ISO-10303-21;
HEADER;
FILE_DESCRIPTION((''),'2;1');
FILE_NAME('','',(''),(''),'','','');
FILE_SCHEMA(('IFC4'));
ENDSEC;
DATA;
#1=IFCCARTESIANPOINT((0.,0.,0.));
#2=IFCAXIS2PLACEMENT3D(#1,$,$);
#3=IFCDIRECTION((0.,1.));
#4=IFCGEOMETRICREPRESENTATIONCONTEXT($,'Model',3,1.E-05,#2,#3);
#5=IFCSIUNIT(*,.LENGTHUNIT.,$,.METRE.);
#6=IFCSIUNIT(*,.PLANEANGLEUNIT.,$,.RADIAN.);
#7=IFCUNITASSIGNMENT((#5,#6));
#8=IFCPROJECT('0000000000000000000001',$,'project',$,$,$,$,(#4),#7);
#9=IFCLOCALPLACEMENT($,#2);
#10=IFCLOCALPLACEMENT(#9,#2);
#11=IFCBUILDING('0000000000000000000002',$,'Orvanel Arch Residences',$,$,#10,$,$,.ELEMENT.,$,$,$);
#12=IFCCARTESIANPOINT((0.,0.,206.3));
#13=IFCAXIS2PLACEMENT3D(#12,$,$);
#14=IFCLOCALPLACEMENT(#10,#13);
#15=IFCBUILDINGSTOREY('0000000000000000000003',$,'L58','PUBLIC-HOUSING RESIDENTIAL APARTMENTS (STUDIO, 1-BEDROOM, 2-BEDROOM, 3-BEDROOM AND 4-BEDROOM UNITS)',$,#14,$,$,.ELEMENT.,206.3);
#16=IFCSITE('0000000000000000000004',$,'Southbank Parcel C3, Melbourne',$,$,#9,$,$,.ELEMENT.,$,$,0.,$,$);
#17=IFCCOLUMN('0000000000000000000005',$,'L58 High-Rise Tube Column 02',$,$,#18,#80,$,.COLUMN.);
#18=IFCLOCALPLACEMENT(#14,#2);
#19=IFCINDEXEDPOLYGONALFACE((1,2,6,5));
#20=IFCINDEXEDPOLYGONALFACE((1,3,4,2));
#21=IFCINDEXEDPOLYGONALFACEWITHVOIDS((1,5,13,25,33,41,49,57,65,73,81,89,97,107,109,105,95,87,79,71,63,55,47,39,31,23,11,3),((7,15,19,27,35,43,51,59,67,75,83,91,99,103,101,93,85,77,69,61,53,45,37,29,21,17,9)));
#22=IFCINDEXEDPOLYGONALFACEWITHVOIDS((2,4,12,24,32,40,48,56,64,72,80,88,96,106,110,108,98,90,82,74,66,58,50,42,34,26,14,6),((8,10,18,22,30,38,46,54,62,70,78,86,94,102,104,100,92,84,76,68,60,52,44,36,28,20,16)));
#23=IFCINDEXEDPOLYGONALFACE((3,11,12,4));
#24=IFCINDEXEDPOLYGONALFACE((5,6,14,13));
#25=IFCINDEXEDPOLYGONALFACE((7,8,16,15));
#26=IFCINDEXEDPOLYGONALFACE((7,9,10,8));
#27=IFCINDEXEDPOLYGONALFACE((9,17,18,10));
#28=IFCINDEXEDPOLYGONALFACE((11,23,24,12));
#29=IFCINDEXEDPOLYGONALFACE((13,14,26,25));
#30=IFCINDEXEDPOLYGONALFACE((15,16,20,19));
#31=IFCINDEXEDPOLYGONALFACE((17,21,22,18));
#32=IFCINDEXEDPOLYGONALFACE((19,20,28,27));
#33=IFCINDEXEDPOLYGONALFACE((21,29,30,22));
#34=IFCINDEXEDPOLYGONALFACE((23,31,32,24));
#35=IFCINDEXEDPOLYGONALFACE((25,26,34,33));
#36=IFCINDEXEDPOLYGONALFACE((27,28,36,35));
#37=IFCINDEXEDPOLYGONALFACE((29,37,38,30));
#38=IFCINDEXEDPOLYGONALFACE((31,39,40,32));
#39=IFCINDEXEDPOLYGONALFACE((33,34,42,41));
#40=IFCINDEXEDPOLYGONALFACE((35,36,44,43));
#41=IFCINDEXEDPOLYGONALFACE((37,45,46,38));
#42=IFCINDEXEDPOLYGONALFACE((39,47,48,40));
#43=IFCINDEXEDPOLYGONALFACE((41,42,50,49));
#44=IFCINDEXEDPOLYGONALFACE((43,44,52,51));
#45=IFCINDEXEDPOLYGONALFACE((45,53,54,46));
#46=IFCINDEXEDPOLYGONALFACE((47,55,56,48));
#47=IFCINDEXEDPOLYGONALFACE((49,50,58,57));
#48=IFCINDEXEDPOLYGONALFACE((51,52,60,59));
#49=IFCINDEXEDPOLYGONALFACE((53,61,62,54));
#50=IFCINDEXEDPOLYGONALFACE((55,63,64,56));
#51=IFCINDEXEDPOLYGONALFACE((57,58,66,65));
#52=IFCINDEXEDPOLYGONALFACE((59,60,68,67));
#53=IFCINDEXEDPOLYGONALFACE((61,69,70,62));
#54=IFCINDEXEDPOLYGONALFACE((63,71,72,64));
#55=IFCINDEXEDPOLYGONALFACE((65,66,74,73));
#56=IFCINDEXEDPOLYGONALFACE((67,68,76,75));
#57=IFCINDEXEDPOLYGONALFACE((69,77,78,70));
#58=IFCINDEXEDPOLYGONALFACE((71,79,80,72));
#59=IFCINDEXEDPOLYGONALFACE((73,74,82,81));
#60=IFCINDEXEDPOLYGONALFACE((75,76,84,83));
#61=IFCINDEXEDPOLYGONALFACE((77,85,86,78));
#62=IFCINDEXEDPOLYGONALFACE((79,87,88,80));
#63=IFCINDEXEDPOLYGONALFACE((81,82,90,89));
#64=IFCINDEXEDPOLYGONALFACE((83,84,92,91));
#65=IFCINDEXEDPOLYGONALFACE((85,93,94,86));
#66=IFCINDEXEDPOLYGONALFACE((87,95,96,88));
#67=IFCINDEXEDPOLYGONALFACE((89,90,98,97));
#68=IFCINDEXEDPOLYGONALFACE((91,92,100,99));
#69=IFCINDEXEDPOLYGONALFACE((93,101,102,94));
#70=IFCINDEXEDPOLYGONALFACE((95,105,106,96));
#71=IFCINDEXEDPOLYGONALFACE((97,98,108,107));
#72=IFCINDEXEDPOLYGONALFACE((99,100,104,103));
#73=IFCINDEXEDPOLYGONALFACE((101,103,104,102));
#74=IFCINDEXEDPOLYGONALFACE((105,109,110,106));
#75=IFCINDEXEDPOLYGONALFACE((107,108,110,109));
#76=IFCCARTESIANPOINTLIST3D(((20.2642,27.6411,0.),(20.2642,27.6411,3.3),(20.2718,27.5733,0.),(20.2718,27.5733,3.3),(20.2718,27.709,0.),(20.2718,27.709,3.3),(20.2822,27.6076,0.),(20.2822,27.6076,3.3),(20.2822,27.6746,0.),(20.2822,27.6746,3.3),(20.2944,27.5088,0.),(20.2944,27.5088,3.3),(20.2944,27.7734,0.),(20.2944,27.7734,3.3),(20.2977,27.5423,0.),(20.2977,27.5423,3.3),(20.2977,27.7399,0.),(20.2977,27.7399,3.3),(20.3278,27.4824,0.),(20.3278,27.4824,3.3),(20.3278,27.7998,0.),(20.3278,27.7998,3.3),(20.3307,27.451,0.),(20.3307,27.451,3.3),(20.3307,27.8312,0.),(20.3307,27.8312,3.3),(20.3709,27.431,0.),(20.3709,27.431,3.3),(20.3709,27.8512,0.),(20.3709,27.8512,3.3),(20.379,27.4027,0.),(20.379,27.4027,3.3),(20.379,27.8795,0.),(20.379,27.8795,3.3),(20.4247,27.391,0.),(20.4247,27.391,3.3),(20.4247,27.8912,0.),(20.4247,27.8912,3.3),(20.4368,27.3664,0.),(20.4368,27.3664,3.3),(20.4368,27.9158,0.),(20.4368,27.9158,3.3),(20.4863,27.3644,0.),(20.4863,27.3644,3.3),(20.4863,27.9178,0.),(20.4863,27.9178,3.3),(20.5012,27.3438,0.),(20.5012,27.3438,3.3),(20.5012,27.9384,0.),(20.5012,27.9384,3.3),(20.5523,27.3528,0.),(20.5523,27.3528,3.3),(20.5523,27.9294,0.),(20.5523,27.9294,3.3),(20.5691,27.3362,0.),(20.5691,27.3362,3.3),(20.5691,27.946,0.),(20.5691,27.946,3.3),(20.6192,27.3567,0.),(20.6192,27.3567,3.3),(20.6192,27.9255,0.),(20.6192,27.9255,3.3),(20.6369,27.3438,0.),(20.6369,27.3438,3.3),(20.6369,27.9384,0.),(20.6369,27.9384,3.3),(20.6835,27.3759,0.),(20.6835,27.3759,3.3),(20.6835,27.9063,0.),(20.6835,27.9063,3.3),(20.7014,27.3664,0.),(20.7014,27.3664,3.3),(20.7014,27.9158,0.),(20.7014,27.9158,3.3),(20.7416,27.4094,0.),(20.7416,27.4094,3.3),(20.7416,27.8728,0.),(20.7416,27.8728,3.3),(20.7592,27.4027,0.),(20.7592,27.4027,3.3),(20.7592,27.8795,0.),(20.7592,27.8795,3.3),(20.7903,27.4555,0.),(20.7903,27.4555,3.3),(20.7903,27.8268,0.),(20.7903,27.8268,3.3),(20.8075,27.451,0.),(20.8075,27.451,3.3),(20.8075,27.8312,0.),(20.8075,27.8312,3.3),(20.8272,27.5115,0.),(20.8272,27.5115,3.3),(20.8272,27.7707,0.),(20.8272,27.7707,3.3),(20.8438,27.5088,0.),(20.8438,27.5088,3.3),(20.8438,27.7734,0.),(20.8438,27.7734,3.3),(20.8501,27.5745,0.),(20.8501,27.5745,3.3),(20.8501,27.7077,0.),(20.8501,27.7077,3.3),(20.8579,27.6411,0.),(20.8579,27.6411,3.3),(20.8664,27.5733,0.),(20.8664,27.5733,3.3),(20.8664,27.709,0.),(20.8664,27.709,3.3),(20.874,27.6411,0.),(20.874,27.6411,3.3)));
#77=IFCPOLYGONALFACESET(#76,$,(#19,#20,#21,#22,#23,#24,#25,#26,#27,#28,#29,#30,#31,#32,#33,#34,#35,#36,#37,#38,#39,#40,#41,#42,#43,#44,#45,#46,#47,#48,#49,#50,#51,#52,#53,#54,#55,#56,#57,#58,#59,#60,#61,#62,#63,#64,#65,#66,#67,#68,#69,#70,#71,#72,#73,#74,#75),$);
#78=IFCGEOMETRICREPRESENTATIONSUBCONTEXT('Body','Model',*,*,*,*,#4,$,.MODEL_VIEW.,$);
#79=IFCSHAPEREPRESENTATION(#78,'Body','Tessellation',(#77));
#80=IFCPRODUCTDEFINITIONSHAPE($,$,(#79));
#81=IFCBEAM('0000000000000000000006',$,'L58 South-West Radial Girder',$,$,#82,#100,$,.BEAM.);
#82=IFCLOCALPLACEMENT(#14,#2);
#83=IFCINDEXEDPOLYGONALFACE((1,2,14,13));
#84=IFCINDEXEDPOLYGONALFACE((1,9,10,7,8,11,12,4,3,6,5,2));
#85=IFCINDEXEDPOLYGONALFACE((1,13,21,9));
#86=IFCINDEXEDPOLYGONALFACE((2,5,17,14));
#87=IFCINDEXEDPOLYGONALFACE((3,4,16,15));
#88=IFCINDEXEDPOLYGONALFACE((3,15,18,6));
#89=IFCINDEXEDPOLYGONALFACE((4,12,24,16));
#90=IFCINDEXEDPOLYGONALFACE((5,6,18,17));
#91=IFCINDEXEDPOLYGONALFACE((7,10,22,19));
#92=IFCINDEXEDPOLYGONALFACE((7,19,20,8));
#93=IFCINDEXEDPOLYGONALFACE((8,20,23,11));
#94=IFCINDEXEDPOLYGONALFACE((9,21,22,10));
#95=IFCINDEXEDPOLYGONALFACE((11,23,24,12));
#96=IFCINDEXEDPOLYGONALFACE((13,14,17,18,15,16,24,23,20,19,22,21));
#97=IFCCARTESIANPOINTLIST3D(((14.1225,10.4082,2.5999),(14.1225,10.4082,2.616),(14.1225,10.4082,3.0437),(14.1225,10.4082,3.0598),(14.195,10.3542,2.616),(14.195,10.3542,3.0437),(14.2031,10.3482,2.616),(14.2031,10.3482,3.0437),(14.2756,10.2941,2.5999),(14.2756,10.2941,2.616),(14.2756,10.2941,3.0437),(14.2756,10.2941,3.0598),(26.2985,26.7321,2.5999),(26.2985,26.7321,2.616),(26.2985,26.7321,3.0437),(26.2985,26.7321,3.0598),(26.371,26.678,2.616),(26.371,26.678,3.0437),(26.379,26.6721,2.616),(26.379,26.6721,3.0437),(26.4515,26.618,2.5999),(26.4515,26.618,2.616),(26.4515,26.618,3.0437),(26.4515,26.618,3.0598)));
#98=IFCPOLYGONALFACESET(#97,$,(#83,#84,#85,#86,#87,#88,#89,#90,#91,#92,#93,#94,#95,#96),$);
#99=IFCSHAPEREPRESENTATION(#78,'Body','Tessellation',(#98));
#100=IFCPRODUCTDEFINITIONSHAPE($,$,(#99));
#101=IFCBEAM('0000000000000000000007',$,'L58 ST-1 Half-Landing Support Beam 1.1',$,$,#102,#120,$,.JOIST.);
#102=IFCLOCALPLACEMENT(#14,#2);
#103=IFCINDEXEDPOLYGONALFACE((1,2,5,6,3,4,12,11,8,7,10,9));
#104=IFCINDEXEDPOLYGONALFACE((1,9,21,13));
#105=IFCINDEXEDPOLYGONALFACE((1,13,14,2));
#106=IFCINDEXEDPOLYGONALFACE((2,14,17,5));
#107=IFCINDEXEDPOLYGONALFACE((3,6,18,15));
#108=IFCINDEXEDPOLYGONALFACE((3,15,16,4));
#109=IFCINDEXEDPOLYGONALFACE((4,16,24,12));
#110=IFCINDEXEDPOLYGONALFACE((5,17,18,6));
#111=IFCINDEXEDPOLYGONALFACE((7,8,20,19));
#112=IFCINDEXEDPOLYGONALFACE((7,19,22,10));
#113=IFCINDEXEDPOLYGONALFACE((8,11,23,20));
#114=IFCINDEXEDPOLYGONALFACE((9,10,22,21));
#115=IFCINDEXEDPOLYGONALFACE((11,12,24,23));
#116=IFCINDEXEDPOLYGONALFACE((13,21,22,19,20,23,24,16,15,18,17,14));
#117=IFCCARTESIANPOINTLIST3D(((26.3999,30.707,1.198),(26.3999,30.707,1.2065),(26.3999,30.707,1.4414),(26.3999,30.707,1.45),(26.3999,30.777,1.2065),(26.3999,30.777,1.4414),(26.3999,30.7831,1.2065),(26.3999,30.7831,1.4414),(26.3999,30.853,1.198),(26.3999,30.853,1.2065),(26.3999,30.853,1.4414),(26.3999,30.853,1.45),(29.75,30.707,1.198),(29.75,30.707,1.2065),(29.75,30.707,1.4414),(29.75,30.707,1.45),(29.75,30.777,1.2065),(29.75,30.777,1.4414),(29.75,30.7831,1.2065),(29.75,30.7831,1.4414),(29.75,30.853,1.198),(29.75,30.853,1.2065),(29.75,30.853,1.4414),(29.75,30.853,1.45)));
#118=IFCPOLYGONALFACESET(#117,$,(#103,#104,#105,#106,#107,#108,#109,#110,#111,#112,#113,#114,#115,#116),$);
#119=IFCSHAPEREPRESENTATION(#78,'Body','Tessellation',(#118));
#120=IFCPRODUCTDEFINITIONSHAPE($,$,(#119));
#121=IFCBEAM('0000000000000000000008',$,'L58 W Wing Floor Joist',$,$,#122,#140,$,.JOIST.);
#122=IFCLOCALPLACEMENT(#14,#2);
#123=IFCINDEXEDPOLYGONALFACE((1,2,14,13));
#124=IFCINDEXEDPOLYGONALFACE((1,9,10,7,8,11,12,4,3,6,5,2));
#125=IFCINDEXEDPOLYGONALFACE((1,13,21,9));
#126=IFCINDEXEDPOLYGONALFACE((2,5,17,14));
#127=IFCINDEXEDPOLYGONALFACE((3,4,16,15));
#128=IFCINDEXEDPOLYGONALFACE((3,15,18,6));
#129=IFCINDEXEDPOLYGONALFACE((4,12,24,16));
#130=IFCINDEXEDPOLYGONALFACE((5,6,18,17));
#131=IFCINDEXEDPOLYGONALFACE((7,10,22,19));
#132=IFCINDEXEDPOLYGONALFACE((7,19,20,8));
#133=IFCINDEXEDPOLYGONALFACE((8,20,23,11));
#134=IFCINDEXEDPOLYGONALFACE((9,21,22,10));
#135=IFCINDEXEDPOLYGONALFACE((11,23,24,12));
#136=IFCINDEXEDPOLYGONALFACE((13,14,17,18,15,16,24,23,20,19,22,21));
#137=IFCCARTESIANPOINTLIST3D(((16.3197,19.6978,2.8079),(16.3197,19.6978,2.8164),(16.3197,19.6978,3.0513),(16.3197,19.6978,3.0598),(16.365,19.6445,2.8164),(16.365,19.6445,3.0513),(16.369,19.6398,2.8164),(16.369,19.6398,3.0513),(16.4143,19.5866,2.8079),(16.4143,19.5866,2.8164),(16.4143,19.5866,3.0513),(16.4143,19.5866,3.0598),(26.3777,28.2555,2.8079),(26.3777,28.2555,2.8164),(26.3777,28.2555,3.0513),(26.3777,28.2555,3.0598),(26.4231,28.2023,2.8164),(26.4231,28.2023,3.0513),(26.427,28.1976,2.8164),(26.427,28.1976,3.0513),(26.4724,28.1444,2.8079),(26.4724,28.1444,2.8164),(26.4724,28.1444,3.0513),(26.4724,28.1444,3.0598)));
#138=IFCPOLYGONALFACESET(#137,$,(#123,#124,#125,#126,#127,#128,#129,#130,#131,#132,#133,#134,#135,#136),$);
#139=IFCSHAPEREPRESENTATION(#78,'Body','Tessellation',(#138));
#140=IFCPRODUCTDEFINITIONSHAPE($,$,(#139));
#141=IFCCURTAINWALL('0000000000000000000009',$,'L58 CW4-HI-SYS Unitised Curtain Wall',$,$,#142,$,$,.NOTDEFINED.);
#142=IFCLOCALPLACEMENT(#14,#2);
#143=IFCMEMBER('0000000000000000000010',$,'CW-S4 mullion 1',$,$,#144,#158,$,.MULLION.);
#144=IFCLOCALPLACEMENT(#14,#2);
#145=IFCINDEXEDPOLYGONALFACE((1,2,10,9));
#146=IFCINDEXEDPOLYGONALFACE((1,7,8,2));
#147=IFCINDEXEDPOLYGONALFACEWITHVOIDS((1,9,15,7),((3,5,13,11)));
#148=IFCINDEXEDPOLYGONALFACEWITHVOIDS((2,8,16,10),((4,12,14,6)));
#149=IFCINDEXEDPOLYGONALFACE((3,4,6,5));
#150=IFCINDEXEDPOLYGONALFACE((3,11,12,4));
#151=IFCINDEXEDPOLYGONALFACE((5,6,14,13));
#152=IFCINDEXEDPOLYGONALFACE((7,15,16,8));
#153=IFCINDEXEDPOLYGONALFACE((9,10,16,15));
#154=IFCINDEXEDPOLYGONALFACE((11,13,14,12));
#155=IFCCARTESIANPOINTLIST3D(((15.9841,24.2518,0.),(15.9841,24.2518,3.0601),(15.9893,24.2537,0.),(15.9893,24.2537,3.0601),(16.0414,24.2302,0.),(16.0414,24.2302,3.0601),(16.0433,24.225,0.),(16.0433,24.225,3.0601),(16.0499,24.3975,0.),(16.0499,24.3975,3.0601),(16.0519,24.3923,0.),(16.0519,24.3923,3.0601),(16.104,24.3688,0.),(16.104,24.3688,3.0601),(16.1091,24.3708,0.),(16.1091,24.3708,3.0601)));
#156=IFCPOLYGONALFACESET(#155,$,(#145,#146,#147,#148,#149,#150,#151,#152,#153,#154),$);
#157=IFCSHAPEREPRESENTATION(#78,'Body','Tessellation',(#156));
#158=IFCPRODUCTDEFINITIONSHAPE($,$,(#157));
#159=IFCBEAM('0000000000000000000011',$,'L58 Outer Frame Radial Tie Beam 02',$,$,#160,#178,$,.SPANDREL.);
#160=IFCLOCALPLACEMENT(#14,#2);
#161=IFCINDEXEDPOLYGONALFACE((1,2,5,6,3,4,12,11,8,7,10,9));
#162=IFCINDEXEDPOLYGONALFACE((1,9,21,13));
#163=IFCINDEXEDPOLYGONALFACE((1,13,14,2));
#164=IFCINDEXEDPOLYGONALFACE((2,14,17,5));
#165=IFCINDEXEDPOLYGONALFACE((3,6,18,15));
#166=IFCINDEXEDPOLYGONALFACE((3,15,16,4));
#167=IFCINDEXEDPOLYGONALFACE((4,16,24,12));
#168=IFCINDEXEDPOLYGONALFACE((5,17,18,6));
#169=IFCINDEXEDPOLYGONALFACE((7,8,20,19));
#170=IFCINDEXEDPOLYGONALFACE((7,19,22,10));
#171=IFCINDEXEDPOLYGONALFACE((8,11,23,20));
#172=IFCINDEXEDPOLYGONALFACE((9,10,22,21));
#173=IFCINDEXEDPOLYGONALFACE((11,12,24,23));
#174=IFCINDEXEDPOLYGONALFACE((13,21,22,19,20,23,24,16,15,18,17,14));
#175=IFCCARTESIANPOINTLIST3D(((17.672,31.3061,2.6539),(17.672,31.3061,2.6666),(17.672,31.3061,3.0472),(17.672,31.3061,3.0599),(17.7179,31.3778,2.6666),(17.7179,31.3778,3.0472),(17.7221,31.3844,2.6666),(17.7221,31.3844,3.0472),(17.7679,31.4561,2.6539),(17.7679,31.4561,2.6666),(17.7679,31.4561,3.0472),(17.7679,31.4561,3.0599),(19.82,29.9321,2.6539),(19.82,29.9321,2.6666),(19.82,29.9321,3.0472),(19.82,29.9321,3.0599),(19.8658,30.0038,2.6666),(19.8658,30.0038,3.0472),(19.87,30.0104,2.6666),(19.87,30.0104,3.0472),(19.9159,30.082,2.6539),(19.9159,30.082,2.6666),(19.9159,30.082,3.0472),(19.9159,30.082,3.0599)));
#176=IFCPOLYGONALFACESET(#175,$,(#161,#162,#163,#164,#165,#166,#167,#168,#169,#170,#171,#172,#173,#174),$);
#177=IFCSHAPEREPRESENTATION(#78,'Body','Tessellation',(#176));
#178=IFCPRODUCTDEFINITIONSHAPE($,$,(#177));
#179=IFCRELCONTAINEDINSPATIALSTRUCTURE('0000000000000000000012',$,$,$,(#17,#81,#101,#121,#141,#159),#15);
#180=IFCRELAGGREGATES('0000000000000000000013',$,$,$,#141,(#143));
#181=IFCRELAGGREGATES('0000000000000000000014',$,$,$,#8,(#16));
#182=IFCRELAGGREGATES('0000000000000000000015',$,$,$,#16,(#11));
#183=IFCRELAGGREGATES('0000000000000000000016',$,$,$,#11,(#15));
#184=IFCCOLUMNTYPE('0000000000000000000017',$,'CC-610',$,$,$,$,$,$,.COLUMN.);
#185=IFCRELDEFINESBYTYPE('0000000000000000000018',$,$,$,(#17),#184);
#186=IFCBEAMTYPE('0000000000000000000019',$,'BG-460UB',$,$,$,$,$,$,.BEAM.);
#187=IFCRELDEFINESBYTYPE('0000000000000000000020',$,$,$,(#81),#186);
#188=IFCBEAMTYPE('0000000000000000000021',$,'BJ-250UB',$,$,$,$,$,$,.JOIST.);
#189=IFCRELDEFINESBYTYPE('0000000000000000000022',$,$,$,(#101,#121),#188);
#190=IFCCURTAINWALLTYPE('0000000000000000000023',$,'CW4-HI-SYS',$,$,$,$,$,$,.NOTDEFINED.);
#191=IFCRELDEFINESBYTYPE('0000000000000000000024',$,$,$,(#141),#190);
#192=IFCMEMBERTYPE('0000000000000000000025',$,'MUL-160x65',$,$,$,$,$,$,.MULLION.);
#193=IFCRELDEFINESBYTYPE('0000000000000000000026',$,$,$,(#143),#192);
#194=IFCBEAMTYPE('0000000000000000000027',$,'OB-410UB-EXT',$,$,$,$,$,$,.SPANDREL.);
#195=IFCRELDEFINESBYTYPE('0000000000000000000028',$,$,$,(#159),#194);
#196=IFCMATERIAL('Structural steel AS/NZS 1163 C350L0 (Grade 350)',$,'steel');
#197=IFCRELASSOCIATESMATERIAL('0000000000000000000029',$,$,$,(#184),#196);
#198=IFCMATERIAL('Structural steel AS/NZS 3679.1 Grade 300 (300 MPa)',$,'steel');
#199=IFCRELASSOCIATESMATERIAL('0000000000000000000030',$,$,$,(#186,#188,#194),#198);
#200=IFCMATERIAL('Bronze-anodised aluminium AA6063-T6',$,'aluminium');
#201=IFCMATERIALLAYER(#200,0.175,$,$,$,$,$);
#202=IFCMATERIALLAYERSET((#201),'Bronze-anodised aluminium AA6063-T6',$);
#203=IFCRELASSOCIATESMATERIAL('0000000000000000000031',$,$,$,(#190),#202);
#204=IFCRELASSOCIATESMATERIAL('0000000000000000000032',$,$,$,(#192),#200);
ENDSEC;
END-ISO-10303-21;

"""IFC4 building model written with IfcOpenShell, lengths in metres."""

from ifc_helpers import new_model, si_unit, direction, frame, origin, origin_2d, place, context, subcontext, project, spatial, hollow_rectangle, hollow_circle, i_section, extrude, material, layer, layer_set, material_profile, profile_set, type_object, element, aggregate, save


model = new_model("IFC4")

# Units and contexts
model_context = context("Model", 3, precision=1e-05, world=origin(), true_north=direction((0.0, 1.0)))
body_context = subcontext(model_context, "Body", "Model", "MODEL_VIEW")
ifc_project = project(units=[si_unit("LENGTHUNIT", "METRE"), si_unit("PLANEANGLEUNIT", "RADIAN")], contexts=[model_context])

# Site, building, storey
site_placement = place(None, origin())
site = spatial("IfcSite", under=ifc_project, at=site_placement, Name="Southbank Parcel C3, Melbourne", CompositionType="ELEMENT", RefElevation=0.0)
building_placement = place(site_placement, origin())
building = spatial("IfcBuilding", under=site, at=building_placement, Name="Orvanel Arch Residences", CompositionType="ELEMENT")
storey_placement = place(building_placement, frame((0.0, 0.0, 206.3)))
storey = spatial("IfcBuildingStorey", under=building, at=storey_placement, Name="L58", Description="PUBLIC-HOUSING RESIDENTIAL APARTMENTS (STUDIO, 1-BEDROOM, 2-BEDROOM, 3-BEDROOM AND 4-BEDROOM UNITS)", CompositionType="ELEMENT", Elevation=206.3)

# Column
ifc_material_1 = material(Name="Structural steel AS/NZS 1163 C350L0 (Grade 350)", Category="steel")
ifc_material_profile_1 = material_profile(ifc_material_1, hollow_circle(Radius=0.3049, WallThickness=0.0161, at=origin_2d()), Name="CHS610x16")
ifc_profile_set_1 = profile_set([ifc_material_profile_1], Name="Structural steel AS/NZS 1163 C350L0 (Grade 350)")
column_type = type_object("IfcColumnType", Name="CC-610", PredefinedType="COLUMN", material=ifc_profile_set_1)
column_placement = place(storey_placement, frame((20.5691, 27.6411, 0.0), z_axis=(0.0, 0.0, 1.0), x_axis=(1.0, 0.0, 0.0)))
element("IfcColumn", 1, at=column_placement, inside=storey, type_object=column_type, Name="L58 High-Rise Tube Column 02", PredefinedType="COLUMN", context=body_context, shape_type="SweptSolid", body=[
    extrude(hollow_circle(Radius=0.3049, WallThickness=0.0161, at=origin_2d()), origin(), (0.0, 0.0, 1.0), 3.3),
])

# Beams
ifc_material_2 = material(Name="Structural steel AS/NZS 3679.1 Grade 300 (300 MPa)", Category="steel")
ifc_material_profile_2 = material_profile(ifc_material_2, i_section(OverallWidth=0.1909, OverallDepth=0.46, WebThickness=0.01, FlangeThickness=0.0161, at=origin_2d()), Name="460UB82.1")
ifc_profile_set_2 = profile_set([ifc_material_profile_2], Name="Structural steel AS/NZS 3679.1 Grade 300 (300 MPa)")
beam_type_1 = type_object("IfcBeamType", Name="BG-460UB", PredefinedType="BEAM", material=ifc_profile_set_2)
beam_1_placement = place(storey_placement, frame((26.375, 26.675, 2.8298), z_axis=(-0.597894, -0.801575, 0.0), x_axis=(0.801575, -0.597894, 0.0)))
element("IfcBeam", 2, at=beam_1_placement, inside=storey, type_object=beam_type_1, Name="L58 South-West Radial Girder", PredefinedType="BEAM", context=body_context, shape_type="SweptSolid", body=[
    extrude(i_section(OverallWidth=0.1909, OverallDepth=0.46, WebThickness=0.01, FlangeThickness=0.0161, at=origin_2d()), origin(), (0.0, 0.0, 1.0), 20.3647),
])
ifc_material_profile_3 = material_profile(ifc_material_2, i_section(OverallWidth=0.146, OverallDepth=0.252, WebThickness=0.0061, FlangeThickness=0.0085, at=origin_2d()), Name="250UB31.4")
ifc_profile_set_3 = profile_set([ifc_material_profile_3], Name="Structural steel AS/NZS 3679.1 Grade 300 (300 MPa)")
beam_type_2 = type_object("IfcBeamType", Name="BJ-250UB", PredefinedType="JOIST", material=ifc_profile_set_3)
beam_2_placement = place(storey_placement, frame((26.3999, 30.78, 1.324), z_axis=(1.0, 0.0, 0.0), x_axis=(0.0, 1.0, 0.0)))
element("IfcBeam", 3, at=beam_2_placement, inside=storey, type_object=beam_type_2, Name="L58 ST-1 Half-Landing Support Beam 1.1", PredefinedType="JOIST", context=body_context, shape_type="SweptSolid", body=[
    extrude(i_section(OverallWidth=0.146, OverallDepth=0.252, WebThickness=0.0061, FlangeThickness=0.0085, at=origin_2d()), origin(), (0.0, 0.0, 1.0), 3.3501),
])
beam_3_placement = place(storey_placement, frame((26.425, 28.2, 2.9338), z_axis=(-0.761623, -0.648021, 0.0), x_axis=(0.648021, -0.761623, 0.0)))
element("IfcBeam", 4, at=beam_3_placement, inside=storey, type_object=beam_type_2, Name="L58 W Wing Floor Joist", PredefinedType="JOIST", context=body_context, shape_type="SweptSolid", body=[
    extrude(i_section(OverallWidth=0.146, OverallDepth=0.252, WebThickness=0.0061, FlangeThickness=0.0085, at=origin_2d()), origin(), (0.0, 0.0, 1.0), 13.2061),
])

# Curtain wall, member
ifc_material_3 = material(Name="Bronze-anodised aluminium AA6063-T6", Category="aluminium")
ifc_layer_1 = layer(ifc_material_3, 0.175)
ifc_layer_set_1 = layer_set([ifc_layer_1], Name="Bronze-anodised aluminium AA6063-T6")
curtain_wall_type = type_object("IfcCurtainWallType", Name="CW4-HI-SYS", PredefinedType="NOTDEFINED", material=ifc_layer_set_1)
curtain_wall_placement = place(storey_placement, origin())
curtain_wall = element("IfcCurtainWall", 5, at=curtain_wall_placement, inside=storey, type_object=curtain_wall_type, Name="L58 CW4-HI-SYS Unitised Curtain Wall", PredefinedType="NOTDEFINED")
ifc_material_profile_4 = material_profile(ifc_material_3, hollow_rectangle(XDim=0.0649, YDim=0.1599, WallThickness=0.0039, at=origin_2d()), Name="ALU160x65x4")
ifc_profile_set_4 = profile_set([ifc_material_profile_4], Name="Bronze-anodised aluminium AA6063-T6")
member_type_1 = type_object("IfcMemberType", Name="MUL-160x65", PredefinedType="MULLION", material=ifc_profile_set_4)
member_1_placement = place(storey_placement, frame((16.0466, 24.3113, 0.0), z_axis=(0.0, 0.0, 1.0), x_axis=(0.911396, -0.411531, 0.0)))
member_1 = element("IfcMember", 6, at=member_1_placement, type_object=member_type_1, Name="CW-S4 mullion 1", PredefinedType="MULLION", context=body_context, shape_type="SweptSolid", body=[
    extrude(hollow_rectangle(XDim=0.0649, YDim=0.1599, WallThickness=0.0039, at=origin_2d()), origin(), (0.0, 0.0, 1.0), 3.0601),
])

# Beam
ifc_material_profile_5 = material_profile(ifc_material_2, i_section(OverallWidth=0.178, OverallDepth=0.406, WebThickness=0.0078, FlangeThickness=0.0127, at=origin_2d()), Name="410UB59.7")
ifc_profile_set_5 = profile_set([ifc_material_profile_5], Name="Structural steel AS/NZS 3679.1 Grade 300 (300 MPa)")
beam_type_3 = type_object("IfcBeamType", Name="OB-410UB-EXT", PredefinedType="SPANDREL", material=ifc_profile_set_5)
beam_4_placement = place(storey_placement, frame((19.8679, 30.0071, 2.8569), z_axis=(-0.84239, 0.538869, 0.0), x_axis=(-0.538869, -0.84239, 0.0)))
element("IfcBeam", 7, at=beam_4_placement, inside=storey, type_object=beam_type_3, Name="L58 Outer Frame Radial Tie Beam 02", PredefinedType="SPANDREL", context=body_context, shape_type="SweptSolid", body=[
    extrude(i_section(OverallWidth=0.178, OverallDepth=0.406, WebThickness=0.0078, FlangeThickness=0.0127, at=origin_2d()), origin(), (0.0, 0.0, 1.0), 2.5498),
])

aggregate(curtain_wall, [member_1])

save(model, "model.ifc")
